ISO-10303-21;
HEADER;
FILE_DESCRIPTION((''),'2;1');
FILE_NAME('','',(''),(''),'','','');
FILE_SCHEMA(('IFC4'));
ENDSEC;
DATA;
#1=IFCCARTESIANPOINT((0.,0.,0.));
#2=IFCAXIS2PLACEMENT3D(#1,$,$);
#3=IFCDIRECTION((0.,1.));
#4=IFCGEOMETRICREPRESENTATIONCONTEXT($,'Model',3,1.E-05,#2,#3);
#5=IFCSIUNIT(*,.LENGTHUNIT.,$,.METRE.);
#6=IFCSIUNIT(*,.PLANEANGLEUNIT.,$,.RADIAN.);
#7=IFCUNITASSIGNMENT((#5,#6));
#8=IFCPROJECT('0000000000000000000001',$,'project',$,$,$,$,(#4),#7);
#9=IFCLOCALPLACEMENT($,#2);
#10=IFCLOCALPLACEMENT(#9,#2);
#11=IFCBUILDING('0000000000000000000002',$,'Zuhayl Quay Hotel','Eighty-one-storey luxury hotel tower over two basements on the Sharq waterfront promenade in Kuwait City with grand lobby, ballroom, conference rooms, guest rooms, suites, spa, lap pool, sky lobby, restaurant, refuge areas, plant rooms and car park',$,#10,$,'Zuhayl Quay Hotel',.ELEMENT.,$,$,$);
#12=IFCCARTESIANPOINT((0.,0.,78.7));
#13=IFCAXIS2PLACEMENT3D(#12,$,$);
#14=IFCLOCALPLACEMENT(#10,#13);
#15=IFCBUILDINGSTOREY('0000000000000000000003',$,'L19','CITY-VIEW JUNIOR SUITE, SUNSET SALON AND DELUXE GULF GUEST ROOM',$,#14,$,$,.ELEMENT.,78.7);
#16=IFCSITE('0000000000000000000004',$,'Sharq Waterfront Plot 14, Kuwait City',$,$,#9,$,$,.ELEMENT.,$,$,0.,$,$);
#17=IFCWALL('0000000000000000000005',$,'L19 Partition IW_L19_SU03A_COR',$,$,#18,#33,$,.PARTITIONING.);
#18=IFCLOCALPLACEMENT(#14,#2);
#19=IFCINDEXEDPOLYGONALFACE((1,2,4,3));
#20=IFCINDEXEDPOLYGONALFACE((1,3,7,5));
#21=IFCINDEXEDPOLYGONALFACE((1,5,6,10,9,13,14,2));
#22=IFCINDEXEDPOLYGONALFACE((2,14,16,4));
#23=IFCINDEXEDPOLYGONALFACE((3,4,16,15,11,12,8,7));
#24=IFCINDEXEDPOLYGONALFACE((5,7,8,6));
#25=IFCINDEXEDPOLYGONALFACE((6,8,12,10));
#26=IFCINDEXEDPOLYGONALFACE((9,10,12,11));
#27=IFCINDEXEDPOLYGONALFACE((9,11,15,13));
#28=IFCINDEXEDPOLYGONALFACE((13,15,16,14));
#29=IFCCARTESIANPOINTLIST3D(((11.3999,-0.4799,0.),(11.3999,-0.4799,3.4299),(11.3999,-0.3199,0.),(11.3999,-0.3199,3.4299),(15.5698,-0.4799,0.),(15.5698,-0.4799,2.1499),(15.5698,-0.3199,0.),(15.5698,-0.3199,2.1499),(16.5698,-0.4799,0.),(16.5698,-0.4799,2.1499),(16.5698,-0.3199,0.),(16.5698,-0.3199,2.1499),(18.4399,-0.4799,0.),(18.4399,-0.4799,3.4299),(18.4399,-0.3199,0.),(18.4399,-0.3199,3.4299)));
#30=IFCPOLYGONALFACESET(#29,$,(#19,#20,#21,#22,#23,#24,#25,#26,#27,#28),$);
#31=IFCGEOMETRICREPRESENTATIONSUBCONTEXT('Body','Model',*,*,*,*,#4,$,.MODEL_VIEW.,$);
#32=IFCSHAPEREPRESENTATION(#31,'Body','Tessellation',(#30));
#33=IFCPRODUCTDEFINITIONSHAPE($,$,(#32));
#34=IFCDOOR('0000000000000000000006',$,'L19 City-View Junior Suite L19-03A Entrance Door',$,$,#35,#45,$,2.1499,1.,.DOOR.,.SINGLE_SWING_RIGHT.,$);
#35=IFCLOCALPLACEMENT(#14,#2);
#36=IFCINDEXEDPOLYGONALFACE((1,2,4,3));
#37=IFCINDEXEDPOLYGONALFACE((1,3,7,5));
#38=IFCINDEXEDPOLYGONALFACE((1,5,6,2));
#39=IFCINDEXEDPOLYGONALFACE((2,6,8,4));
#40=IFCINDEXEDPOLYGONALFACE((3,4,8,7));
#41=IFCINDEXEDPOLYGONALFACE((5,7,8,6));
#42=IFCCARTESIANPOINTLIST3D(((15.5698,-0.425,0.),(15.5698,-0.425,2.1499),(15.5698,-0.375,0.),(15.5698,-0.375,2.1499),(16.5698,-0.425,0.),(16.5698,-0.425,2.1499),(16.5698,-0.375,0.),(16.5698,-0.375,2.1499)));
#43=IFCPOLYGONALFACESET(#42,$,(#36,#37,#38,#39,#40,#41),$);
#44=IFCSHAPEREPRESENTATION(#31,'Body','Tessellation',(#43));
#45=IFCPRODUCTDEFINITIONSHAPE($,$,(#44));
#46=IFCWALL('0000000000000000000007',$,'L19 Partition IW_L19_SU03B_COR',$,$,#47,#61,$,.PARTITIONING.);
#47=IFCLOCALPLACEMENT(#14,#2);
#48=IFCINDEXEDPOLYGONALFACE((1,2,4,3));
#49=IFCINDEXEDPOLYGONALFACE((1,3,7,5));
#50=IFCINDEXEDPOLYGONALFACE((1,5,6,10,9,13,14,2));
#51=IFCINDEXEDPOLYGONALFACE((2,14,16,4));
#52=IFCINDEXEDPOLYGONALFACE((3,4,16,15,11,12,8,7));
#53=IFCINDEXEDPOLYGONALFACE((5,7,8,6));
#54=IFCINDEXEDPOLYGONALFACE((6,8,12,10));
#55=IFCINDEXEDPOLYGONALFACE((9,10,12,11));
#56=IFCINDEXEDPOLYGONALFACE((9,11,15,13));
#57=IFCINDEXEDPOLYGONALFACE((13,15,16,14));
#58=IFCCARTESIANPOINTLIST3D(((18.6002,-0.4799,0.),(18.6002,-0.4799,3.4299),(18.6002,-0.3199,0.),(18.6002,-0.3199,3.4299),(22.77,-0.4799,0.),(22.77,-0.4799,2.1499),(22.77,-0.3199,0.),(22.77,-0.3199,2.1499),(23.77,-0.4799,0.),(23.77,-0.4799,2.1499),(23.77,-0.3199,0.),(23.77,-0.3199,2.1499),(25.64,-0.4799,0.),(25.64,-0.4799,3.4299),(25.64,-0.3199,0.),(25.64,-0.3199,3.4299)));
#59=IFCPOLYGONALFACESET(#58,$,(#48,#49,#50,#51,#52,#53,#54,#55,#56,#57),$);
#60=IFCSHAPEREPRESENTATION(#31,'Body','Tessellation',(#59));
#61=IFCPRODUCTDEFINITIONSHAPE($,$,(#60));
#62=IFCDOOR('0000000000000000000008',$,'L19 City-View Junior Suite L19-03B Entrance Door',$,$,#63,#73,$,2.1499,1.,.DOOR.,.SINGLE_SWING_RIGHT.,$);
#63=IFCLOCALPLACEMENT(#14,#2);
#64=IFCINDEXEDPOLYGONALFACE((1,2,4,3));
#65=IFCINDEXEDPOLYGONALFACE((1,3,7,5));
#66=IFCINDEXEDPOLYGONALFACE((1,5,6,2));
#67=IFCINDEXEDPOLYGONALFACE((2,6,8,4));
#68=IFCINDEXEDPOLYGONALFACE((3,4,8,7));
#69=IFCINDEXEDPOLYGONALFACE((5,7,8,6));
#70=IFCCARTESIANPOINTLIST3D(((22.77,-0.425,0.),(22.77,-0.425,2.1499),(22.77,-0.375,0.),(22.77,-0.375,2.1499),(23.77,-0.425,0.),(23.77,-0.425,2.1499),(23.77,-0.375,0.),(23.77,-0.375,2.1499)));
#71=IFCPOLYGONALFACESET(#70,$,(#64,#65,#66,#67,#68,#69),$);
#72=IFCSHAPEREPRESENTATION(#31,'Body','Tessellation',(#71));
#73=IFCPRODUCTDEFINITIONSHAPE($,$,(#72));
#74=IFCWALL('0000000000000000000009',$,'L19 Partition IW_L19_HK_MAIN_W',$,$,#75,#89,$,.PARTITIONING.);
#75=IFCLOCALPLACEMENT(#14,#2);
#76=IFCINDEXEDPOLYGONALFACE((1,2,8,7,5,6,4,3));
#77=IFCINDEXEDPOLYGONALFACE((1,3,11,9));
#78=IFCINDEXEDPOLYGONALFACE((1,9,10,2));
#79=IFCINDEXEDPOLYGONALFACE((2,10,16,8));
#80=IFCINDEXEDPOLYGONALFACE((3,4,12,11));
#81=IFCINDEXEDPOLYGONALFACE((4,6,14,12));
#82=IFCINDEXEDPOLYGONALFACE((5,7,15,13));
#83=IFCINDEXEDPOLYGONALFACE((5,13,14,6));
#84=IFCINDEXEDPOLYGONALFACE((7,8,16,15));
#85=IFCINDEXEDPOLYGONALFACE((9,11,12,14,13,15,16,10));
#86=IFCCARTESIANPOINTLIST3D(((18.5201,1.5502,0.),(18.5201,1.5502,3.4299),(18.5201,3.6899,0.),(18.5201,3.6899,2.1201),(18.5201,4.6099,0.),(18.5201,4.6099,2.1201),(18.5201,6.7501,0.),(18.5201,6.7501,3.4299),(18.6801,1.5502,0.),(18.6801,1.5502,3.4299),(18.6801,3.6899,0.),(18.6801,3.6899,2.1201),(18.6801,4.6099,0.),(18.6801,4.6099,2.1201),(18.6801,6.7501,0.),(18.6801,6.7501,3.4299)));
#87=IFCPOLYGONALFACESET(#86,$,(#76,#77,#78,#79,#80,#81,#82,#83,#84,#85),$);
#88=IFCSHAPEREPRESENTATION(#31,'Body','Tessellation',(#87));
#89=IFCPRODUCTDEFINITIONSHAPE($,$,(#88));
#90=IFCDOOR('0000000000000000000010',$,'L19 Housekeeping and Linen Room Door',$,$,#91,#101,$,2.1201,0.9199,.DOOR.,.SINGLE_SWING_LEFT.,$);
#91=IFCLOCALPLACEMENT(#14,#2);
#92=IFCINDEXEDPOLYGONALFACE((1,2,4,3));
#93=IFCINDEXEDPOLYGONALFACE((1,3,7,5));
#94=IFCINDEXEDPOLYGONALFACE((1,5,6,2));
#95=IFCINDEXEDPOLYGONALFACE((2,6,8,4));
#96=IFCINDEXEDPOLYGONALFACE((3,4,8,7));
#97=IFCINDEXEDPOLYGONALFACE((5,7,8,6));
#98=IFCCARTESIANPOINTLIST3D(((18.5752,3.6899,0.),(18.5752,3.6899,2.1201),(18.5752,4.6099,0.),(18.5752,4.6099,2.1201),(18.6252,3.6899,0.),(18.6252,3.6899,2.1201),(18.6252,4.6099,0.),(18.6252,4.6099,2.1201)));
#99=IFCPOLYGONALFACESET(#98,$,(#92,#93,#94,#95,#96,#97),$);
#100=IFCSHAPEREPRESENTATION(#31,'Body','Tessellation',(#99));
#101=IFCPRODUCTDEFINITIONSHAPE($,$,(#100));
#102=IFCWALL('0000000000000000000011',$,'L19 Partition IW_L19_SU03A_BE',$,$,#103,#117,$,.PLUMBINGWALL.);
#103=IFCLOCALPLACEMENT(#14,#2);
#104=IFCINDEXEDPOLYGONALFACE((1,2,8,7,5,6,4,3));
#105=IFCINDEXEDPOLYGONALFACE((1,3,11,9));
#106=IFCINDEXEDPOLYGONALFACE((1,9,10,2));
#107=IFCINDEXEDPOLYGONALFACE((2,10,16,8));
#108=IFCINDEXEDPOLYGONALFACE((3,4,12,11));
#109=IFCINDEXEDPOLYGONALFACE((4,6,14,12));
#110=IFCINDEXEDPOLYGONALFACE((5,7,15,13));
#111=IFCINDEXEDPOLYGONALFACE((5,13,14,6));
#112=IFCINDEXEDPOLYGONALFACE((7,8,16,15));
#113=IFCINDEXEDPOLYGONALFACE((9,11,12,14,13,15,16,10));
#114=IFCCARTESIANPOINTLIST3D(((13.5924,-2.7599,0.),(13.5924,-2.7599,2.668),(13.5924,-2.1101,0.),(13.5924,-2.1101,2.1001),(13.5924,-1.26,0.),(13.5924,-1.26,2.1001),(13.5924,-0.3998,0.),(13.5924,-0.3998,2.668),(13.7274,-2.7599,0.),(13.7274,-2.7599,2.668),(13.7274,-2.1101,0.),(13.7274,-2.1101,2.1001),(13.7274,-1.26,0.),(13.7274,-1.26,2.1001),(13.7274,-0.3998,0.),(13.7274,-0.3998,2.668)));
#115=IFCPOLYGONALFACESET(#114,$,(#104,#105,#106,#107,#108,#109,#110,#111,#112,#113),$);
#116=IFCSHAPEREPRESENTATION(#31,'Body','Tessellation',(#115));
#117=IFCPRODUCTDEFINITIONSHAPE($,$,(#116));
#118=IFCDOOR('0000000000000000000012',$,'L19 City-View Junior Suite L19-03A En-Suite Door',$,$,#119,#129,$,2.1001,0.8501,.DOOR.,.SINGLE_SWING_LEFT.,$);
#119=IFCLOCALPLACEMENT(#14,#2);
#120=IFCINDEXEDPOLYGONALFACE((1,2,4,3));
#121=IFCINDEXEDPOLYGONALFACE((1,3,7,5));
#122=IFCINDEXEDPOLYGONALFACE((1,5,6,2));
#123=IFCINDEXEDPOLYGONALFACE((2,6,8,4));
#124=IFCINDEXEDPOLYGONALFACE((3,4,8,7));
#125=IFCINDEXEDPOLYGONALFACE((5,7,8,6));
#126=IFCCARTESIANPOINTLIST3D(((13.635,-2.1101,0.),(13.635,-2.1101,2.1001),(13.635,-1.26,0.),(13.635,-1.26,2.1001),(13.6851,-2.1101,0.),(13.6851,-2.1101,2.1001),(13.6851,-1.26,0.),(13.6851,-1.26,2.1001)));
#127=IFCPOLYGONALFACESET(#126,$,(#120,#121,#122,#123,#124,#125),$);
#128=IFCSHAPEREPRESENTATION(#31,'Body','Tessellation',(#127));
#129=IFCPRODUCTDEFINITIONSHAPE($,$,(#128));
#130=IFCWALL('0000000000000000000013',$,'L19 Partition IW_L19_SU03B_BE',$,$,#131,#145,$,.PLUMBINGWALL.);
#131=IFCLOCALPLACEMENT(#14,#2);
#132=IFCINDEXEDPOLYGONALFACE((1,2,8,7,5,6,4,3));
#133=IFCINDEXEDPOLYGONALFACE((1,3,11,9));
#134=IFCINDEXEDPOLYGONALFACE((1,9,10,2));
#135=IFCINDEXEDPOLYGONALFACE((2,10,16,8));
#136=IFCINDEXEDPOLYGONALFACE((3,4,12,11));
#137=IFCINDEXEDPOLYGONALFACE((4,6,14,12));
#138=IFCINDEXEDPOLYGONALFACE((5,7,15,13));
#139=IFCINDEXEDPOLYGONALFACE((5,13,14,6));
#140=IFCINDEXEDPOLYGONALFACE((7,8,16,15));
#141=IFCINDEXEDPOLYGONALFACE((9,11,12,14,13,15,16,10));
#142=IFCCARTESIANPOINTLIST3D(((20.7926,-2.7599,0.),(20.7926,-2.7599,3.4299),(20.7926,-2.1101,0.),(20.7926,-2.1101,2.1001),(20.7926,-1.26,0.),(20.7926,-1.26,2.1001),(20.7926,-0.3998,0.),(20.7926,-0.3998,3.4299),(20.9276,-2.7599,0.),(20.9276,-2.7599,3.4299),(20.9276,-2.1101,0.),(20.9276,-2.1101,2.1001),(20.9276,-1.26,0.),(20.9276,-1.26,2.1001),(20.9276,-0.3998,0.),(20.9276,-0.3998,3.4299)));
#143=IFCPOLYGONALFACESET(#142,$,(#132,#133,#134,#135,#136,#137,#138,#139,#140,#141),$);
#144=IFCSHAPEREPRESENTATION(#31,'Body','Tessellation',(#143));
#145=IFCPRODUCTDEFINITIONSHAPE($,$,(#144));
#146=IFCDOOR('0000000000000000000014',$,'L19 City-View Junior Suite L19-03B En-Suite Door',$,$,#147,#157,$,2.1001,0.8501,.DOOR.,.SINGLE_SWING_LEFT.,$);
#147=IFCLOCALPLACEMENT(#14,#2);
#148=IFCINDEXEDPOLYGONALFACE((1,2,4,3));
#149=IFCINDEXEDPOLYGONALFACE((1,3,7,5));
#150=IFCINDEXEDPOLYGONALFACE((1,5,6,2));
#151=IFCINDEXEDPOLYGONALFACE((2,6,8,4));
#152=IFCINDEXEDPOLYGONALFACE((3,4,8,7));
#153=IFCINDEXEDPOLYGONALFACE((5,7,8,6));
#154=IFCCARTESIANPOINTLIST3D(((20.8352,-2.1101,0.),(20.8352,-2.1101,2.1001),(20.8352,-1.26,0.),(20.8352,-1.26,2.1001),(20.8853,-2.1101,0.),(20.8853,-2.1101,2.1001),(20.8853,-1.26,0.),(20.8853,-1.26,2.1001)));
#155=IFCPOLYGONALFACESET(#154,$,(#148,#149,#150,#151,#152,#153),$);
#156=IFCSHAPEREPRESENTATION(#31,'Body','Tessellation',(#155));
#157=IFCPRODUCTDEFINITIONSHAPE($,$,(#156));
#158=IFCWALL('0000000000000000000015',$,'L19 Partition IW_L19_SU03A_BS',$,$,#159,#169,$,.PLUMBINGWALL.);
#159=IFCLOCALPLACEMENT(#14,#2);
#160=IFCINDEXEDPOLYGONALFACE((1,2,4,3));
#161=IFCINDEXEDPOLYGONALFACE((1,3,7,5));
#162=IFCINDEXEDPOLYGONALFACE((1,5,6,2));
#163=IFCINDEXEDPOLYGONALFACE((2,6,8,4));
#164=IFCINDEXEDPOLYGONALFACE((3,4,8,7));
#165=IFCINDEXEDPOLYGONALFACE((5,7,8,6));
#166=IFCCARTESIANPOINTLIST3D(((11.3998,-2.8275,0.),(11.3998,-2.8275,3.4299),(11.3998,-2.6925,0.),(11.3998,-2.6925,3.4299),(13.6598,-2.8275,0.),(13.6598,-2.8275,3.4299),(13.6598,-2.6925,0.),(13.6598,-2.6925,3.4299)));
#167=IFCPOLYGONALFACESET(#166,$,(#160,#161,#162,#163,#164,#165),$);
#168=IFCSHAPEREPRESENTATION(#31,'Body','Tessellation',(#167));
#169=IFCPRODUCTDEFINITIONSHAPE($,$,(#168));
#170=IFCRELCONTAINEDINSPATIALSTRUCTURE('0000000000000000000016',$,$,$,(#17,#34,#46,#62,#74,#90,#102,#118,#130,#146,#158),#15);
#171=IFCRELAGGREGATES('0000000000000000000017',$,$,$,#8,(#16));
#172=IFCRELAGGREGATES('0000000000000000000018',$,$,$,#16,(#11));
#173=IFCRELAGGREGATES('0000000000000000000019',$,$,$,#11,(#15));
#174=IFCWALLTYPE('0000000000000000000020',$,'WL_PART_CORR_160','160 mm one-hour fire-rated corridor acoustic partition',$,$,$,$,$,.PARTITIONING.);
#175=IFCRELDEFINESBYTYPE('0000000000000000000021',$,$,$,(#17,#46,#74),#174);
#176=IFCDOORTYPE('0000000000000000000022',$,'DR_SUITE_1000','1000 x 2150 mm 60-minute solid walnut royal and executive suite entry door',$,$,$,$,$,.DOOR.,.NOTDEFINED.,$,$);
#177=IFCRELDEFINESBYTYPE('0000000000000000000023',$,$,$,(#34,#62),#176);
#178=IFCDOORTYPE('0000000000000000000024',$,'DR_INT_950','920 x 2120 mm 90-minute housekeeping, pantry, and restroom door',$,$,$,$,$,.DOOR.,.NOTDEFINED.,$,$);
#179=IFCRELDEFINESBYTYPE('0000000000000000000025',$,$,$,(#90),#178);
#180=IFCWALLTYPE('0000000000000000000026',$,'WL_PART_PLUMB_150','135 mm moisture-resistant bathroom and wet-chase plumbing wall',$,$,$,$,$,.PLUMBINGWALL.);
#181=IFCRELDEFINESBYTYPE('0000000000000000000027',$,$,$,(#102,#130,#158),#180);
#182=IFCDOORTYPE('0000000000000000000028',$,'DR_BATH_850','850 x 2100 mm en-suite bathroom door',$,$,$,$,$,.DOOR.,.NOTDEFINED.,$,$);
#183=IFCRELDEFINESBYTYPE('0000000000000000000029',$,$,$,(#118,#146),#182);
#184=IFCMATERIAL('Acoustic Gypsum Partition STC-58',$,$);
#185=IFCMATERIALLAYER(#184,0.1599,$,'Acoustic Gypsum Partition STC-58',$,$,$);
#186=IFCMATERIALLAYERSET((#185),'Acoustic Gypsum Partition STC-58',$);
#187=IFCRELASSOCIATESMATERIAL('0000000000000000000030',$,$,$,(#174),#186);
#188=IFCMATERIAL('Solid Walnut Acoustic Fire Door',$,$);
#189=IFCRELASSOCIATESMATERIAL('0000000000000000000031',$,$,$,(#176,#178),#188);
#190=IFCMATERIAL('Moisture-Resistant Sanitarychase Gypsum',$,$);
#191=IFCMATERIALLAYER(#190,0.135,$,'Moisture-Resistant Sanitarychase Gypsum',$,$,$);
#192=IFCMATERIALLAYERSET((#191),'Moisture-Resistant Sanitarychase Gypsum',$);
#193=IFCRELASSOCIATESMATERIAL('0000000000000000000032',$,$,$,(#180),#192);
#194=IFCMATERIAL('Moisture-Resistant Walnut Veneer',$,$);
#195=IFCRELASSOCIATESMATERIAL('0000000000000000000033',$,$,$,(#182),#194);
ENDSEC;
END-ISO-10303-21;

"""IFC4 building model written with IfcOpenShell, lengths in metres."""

from ifc_helpers import new_model, si_unit, direction, frame, frame_2d, origin, place, context, subcontext, project, spatial, rectangle, extrude, material, layer, layer_set, type_object, element, fill, save


model = new_model("IFC4")

# Units and contexts
model_context = context("Model", 3, precision=1e-05, world=origin(), true_north=direction((0.0, 1.0)))
body_context = subcontext(model_context, "Body", "Model", "MODEL_VIEW")
ifc_project = project(units=[si_unit("LENGTHUNIT", "METRE"), si_unit("PLANEANGLEUNIT", "RADIAN")], contexts=[model_context])

# Site, building, storey
site_placement = place(None, origin())
site = spatial("IfcSite", under=ifc_project, at=site_placement, Name="Sharq Waterfront Plot 14, Kuwait City", CompositionType="ELEMENT", RefElevation=0.0)
building_placement = place(site_placement, origin())
building = spatial("IfcBuilding", under=site, at=building_placement, Name="Zuhayl Quay Hotel", Description="Eighty-one-storey luxury hotel tower over two basements on the Sharq waterfront promenade in Kuwait City with grand lobby, ballroom, conference rooms, guest rooms, suites, spa, lap pool, sky lobby, restaurant, refuge areas, plant rooms and car park", LongName="Zuhayl Quay Hotel", CompositionType="ELEMENT")
storey_placement = place(building_placement, frame((0.0, 0.0, 78.7)))
storey = spatial("IfcBuildingStorey", under=building, at=storey_placement, Name="L19", Description="CITY-VIEW JUNIOR SUITE, SUNSET SALON AND DELUXE GULF GUEST ROOM", CompositionType="ELEMENT", Elevation=78.7)

# Walls, openings, doors
ifc_material_1 = material(Name="Acoustic Gypsum Partition STC-58")
ifc_layer_1 = layer(ifc_material_1, 0.1599, Name="Acoustic Gypsum Partition STC-58")
ifc_layer_set_1 = layer_set([ifc_layer_1], Name="Acoustic Gypsum Partition STC-58")
wall_type_1 = type_object("IfcWallType", Name="WL_PART_CORR_160", Description="160 mm one-hour fire-rated corridor acoustic partition", PredefinedType="PARTITIONING", material=ifc_layer_set_1)
wall_1_placement = place(storey_placement, frame((11.3999, -0.3999, 0.0), z_axis=(0.0, 0.0, 1.0), x_axis=(1.0, 0.0, 0.0)))
wall_1 = element("IfcWall", 1, at=wall_1_placement, inside=storey, type_object=wall_type_1, Name="L19 Partition IW_L19_SU03A_COR", PredefinedType="PARTITIONING", context=body_context, shape_type="SweptSolid", body=[
    extrude(rectangle(XDim=7.04, YDim=0.1599, at=frame_2d((3.52, 0.0))), origin(), (0.0, 0.0, 1.0), 3.4299),
])
opening_1_placement = place(wall_1_placement, frame((4.1699, 0.0, 0.0)))
opening_1 = element("IfcOpeningElement", 2, at=opening_1_placement, cuts=wall_1, PredefinedType="OPENING", context=body_context, shape_type="SweptSolid", body=[
    extrude(rectangle(XDim=1.0, YDim=2.1499, at=frame_2d((0.5, 1.075))), frame((0.0, 0.0898, 0.0), z_axis=(0.0, -1.0, 0.0), x_axis=(1.0, 0.0, 0.0)), (0.0, 0.0, 1.0), 0.1799),
])
ifc_material_2 = material(Name="Solid Walnut Acoustic Fire Door")
door_type_1 = type_object("IfcDoorType", Name="DR_SUITE_1000", Description="1000 x 2150 mm 60-minute solid walnut royal and executive suite entry door", OperationType="NOTDEFINED", PredefinedType="DOOR", material=ifc_material_2)
door_1_placement = place(opening_1_placement, origin())
door_1 = element("IfcDoor", 3, at=door_1_placement, inside=storey, type_object=door_type_1, Name="L19 City-View Junior Suite L19-03A Entrance Door", OperationType="SINGLE_SWING_RIGHT", OverallHeight=2.1499, OverallWidth=1.0, PredefinedType="DOOR", context=body_context, shape_type="SweptSolid", body=[
    extrude(rectangle(XDim=1.0, YDim=2.1499, at=frame_2d((0.5, 1.075))), frame((0.0, 0.0249, 0.0), z_axis=(0.0, -1.0, 0.0), x_axis=(1.0, 0.0, 0.0)), (0.0, 0.0, 1.0), 0.05),
])
fill(opening_1, door_1)
wall_2_placement = place(storey_placement, frame((18.6001, -0.3999, 0.0), z_axis=(0.0, 0.0, 1.0), x_axis=(1.0, 0.0, 0.0)))
wall_2 = element("IfcWall", 4, at=wall_2_placement, inside=storey, type_object=wall_type_1, Name="L19 Partition IW_L19_SU03B_COR", PredefinedType="PARTITIONING", context=body_context, shape_type="SweptSolid", body=[
    extrude(rectangle(XDim=7.0398, YDim=0.1599, at=frame_2d((3.52, 0.0))), origin(), (0.0, 0.0, 1.0), 3.4299),
])
opening_2_placement = place(wall_2_placement, frame((4.1699, 0.0, 0.0)))
opening_2 = element("IfcOpeningElement", 5, at=opening_2_placement, cuts=wall_2, PredefinedType="OPENING", context=body_context, shape_type="SweptSolid", body=[
    extrude(rectangle(XDim=1.0, YDim=2.1499, at=frame_2d((0.5, 1.075))), frame((0.0, 0.0898, 0.0), z_axis=(0.0, -1.0, 0.0), x_axis=(1.0, 0.0, 0.0)), (0.0, 0.0, 1.0), 0.1799),
])
door_2_placement = place(opening_2_placement, origin())
door_2 = element("IfcDoor", 6, at=door_2_placement, inside=storey, type_object=door_type_1, Name="L19 City-View Junior Suite L19-03B Entrance Door", OperationType="SINGLE_SWING_RIGHT", OverallHeight=2.1499, OverallWidth=1.0, PredefinedType="DOOR", context=body_context, shape_type="SweptSolid", body=[
    extrude(rectangle(XDim=1.0, YDim=2.1499, at=frame_2d((0.5, 1.075))), frame((0.0, 0.0249, 0.0), z_axis=(0.0, -1.0, 0.0), x_axis=(1.0, 0.0, 0.0)), (0.0, 0.0, 1.0), 0.05),
])
fill(opening_2, door_2)
wall_3_placement = place(storey_placement, frame((18.6001, 1.55, 0.0), z_axis=(0.0, 0.0, 1.0), x_axis=(0.0, 1.0, 0.0)))
wall_3 = element("IfcWall", 7, at=wall_3_placement, inside=storey, type_object=wall_type_1, Name="L19 Partition IW_L19_HK_MAIN_W", PredefinedType="PARTITIONING", context=body_context, shape_type="SweptSolid", body=[
    extrude(rectangle(XDim=5.2, YDim=0.1599, at=frame_2d((2.6001, 0.0))), origin(), (0.0, 0.0, 1.0), 3.4299),
])
opening_3_placement = place(wall_3_placement, frame((2.1399, 0.0, 0.0)))
opening_3 = element("IfcOpeningElement", 8, at=opening_3_placement, cuts=wall_3, PredefinedType="OPENING", context=body_context, shape_type="SweptSolid", body=[
    extrude(rectangle(XDim=0.9199, YDim=2.1201, at=frame_2d((0.46, 1.0601))), frame((0.0, 0.0898, 0.0), z_axis=(0.0, -1.0, 0.0), x_axis=(1.0, 0.0, 0.0)), (0.0, 0.0, 1.0), 0.1799),
])
door_type_2 = type_object("IfcDoorType", Name="DR_INT_950", Description="920 x 2120 mm 90-minute housekeeping, pantry, and restroom door", OperationType="NOTDEFINED", PredefinedType="DOOR", material=ifc_material_2)
door_3_placement = place(opening_3_placement, origin())
door_3 = element("IfcDoor", 9, at=door_3_placement, inside=storey, type_object=door_type_2, Name="L19 Housekeeping and Linen Room Door", OperationType="SINGLE_SWING_LEFT", OverallHeight=2.1201, OverallWidth=0.9199, PredefinedType="DOOR", context=body_context, shape_type="SweptSolid", body=[
    extrude(rectangle(XDim=0.9199, YDim=2.1201, at=frame_2d((0.46, 1.0601))), frame((0.0, 0.0249, 0.0), z_axis=(0.0, -1.0, 0.0), x_axis=(1.0, 0.0, 0.0)), (0.0, 0.0, 1.0), 0.05),
])
fill(opening_3, door_3)
ifc_material_3 = material(Name="Moisture-Resistant Sanitarychase Gypsum")
ifc_layer_2 = layer(ifc_material_3, 0.135, Name="Moisture-Resistant Sanitarychase Gypsum")
ifc_layer_set_2 = layer_set([ifc_layer_2], Name="Moisture-Resistant Sanitarychase Gypsum")
wall_type_2 = type_object("IfcWallType", Name="WL_PART_PLUMB_150", Description="135 mm moisture-resistant bathroom and wet-chase plumbing wall", PredefinedType="PLUMBINGWALL", material=ifc_layer_set_2)
wall_4_placement = place(storey_placement, frame((13.6599, -2.76, 0.0), z_axis=(0.0, 0.0, 1.0), x_axis=(0.0, 1.0, 0.0)))
wall_4 = element("IfcWall", 10, at=wall_4_placement, inside=storey, type_object=wall_type_2, Name="L19 Partition IW_L19_SU03A_BE", PredefinedType="PLUMBINGWALL", context=body_context, shape_type="SweptSolid", body=[
    extrude(rectangle(XDim=2.3601, YDim=0.135, at=frame_2d((1.1802, 0.0))), origin(), (0.0, 0.0, 1.0), 2.668),
])
opening_4_placement = place(wall_4_placement, frame((0.6499, 0.0, 0.0)))
opening_4 = element("IfcOpeningElement", 11, at=opening_4_placement, cuts=wall_4, PredefinedType="OPENING", context=body_context, shape_type="SweptSolid", body=[
    extrude(rectangle(XDim=0.8501, YDim=2.1001, at=frame_2d((0.425, 1.05))), frame((0.0, 0.0774, 0.0), z_axis=(0.0, -1.0, 0.0), x_axis=(1.0, 0.0, 0.0)), (0.0, 0.0, 1.0), 0.155),
])
ifc_material_4 = material(Name="Moisture-Resistant Walnut Veneer")
door_type_3 = type_object("IfcDoorType", Name="DR_BATH_850", Description="850 x 2100 mm en-suite bathroom door", OperationType="NOTDEFINED", PredefinedType="DOOR", material=ifc_material_4)
door_4_placement = place(opening_4_placement, origin())
door_4 = element("IfcDoor", 12, at=door_4_placement, inside=storey, type_object=door_type_3, Name="L19 City-View Junior Suite L19-03A En-Suite Door", OperationType="SINGLE_SWING_LEFT", OverallHeight=2.1001, OverallWidth=0.8501, PredefinedType="DOOR", context=body_context, shape_type="SweptSolid", body=[
    extrude(rectangle(XDim=0.8501, YDim=2.1001, at=frame_2d((0.425, 1.05))), frame((0.0, 0.0249, 0.0), z_axis=(0.0, -1.0, 0.0), x_axis=(1.0, 0.0, 0.0)), (0.0, 0.0, 1.0), 0.05),
])
fill(opening_4, door_4)
wall_5_placement = place(storey_placement, frame((20.8601, -2.76, 0.0), z_axis=(0.0, 0.0, 1.0), x_axis=(0.0, 1.0, 0.0)))
wall_5 = element("IfcWall", 13, at=wall_5_placement, inside=storey, type_object=wall_type_2, Name="L19 Partition IW_L19_SU03B_BE", PredefinedType="PLUMBINGWALL", context=body_context, shape_type="SweptSolid", body=[
    extrude(rectangle(XDim=2.3601, YDim=0.135, at=frame_2d((1.1802, 0.0))), origin(), (0.0, 0.0, 1.0), 3.4299),
])
opening_5_placement = place(wall_5_placement, frame((0.6499, 0.0, 0.0)))
opening_5 = element("IfcOpeningElement", 14, at=opening_5_placement, cuts=wall_5, PredefinedType="OPENING", context=body_context, shape_type="SweptSolid", body=[
    extrude(rectangle(XDim=0.8501, YDim=2.1001, at=frame_2d((0.425, 1.05))), frame((0.0, 0.0774, 0.0), z_axis=(0.0, -1.0, 0.0), x_axis=(1.0, 0.0, 0.0)), (0.0, 0.0, 1.0), 0.155),
])
door_5_placement = place(opening_5_placement, origin())
door_5 = element("IfcDoor", 15, at=door_5_placement, inside=storey, type_object=door_type_3, Name="L19 City-View Junior Suite L19-03B En-Suite Door", OperationType="SINGLE_SWING_LEFT", OverallHeight=2.1001, OverallWidth=0.8501, PredefinedType="DOOR", context=body_context, shape_type="SweptSolid", body=[
    extrude(rectangle(XDim=0.8501, YDim=2.1001, at=frame_2d((0.425, 1.05))), frame((0.0, 0.0249, 0.0), z_axis=(0.0, -1.0, 0.0), x_axis=(1.0, 0.0, 0.0)), (0.0, 0.0, 1.0), 0.05),
])
fill(opening_5, door_5)

# Wall
for number, where, z_axis, x_axis, name in (
    (16, (11.3999, -2.76, 0.0), (0.0, 0.0, 1.0), (1.0, 0.0, 0.0), "L19 Partition IW_L19_SU03A_BS"),
):
    element("IfcWall", number, at=place(storey_placement, frame(where, z_axis=z_axis, x_axis=x_axis)), inside=storey, type_object=wall_type_2, Name=name, PredefinedType="PLUMBINGWALL", context=body_context, shape_type="SweptSolid", body=[
        extrude(rectangle(XDim=2.26, YDim=0.135, at=frame_2d((1.1299, 0.0))), origin(), (0.0, 0.0, 1.0), 3.4299),
    ])

save(model, "model.ifc")
